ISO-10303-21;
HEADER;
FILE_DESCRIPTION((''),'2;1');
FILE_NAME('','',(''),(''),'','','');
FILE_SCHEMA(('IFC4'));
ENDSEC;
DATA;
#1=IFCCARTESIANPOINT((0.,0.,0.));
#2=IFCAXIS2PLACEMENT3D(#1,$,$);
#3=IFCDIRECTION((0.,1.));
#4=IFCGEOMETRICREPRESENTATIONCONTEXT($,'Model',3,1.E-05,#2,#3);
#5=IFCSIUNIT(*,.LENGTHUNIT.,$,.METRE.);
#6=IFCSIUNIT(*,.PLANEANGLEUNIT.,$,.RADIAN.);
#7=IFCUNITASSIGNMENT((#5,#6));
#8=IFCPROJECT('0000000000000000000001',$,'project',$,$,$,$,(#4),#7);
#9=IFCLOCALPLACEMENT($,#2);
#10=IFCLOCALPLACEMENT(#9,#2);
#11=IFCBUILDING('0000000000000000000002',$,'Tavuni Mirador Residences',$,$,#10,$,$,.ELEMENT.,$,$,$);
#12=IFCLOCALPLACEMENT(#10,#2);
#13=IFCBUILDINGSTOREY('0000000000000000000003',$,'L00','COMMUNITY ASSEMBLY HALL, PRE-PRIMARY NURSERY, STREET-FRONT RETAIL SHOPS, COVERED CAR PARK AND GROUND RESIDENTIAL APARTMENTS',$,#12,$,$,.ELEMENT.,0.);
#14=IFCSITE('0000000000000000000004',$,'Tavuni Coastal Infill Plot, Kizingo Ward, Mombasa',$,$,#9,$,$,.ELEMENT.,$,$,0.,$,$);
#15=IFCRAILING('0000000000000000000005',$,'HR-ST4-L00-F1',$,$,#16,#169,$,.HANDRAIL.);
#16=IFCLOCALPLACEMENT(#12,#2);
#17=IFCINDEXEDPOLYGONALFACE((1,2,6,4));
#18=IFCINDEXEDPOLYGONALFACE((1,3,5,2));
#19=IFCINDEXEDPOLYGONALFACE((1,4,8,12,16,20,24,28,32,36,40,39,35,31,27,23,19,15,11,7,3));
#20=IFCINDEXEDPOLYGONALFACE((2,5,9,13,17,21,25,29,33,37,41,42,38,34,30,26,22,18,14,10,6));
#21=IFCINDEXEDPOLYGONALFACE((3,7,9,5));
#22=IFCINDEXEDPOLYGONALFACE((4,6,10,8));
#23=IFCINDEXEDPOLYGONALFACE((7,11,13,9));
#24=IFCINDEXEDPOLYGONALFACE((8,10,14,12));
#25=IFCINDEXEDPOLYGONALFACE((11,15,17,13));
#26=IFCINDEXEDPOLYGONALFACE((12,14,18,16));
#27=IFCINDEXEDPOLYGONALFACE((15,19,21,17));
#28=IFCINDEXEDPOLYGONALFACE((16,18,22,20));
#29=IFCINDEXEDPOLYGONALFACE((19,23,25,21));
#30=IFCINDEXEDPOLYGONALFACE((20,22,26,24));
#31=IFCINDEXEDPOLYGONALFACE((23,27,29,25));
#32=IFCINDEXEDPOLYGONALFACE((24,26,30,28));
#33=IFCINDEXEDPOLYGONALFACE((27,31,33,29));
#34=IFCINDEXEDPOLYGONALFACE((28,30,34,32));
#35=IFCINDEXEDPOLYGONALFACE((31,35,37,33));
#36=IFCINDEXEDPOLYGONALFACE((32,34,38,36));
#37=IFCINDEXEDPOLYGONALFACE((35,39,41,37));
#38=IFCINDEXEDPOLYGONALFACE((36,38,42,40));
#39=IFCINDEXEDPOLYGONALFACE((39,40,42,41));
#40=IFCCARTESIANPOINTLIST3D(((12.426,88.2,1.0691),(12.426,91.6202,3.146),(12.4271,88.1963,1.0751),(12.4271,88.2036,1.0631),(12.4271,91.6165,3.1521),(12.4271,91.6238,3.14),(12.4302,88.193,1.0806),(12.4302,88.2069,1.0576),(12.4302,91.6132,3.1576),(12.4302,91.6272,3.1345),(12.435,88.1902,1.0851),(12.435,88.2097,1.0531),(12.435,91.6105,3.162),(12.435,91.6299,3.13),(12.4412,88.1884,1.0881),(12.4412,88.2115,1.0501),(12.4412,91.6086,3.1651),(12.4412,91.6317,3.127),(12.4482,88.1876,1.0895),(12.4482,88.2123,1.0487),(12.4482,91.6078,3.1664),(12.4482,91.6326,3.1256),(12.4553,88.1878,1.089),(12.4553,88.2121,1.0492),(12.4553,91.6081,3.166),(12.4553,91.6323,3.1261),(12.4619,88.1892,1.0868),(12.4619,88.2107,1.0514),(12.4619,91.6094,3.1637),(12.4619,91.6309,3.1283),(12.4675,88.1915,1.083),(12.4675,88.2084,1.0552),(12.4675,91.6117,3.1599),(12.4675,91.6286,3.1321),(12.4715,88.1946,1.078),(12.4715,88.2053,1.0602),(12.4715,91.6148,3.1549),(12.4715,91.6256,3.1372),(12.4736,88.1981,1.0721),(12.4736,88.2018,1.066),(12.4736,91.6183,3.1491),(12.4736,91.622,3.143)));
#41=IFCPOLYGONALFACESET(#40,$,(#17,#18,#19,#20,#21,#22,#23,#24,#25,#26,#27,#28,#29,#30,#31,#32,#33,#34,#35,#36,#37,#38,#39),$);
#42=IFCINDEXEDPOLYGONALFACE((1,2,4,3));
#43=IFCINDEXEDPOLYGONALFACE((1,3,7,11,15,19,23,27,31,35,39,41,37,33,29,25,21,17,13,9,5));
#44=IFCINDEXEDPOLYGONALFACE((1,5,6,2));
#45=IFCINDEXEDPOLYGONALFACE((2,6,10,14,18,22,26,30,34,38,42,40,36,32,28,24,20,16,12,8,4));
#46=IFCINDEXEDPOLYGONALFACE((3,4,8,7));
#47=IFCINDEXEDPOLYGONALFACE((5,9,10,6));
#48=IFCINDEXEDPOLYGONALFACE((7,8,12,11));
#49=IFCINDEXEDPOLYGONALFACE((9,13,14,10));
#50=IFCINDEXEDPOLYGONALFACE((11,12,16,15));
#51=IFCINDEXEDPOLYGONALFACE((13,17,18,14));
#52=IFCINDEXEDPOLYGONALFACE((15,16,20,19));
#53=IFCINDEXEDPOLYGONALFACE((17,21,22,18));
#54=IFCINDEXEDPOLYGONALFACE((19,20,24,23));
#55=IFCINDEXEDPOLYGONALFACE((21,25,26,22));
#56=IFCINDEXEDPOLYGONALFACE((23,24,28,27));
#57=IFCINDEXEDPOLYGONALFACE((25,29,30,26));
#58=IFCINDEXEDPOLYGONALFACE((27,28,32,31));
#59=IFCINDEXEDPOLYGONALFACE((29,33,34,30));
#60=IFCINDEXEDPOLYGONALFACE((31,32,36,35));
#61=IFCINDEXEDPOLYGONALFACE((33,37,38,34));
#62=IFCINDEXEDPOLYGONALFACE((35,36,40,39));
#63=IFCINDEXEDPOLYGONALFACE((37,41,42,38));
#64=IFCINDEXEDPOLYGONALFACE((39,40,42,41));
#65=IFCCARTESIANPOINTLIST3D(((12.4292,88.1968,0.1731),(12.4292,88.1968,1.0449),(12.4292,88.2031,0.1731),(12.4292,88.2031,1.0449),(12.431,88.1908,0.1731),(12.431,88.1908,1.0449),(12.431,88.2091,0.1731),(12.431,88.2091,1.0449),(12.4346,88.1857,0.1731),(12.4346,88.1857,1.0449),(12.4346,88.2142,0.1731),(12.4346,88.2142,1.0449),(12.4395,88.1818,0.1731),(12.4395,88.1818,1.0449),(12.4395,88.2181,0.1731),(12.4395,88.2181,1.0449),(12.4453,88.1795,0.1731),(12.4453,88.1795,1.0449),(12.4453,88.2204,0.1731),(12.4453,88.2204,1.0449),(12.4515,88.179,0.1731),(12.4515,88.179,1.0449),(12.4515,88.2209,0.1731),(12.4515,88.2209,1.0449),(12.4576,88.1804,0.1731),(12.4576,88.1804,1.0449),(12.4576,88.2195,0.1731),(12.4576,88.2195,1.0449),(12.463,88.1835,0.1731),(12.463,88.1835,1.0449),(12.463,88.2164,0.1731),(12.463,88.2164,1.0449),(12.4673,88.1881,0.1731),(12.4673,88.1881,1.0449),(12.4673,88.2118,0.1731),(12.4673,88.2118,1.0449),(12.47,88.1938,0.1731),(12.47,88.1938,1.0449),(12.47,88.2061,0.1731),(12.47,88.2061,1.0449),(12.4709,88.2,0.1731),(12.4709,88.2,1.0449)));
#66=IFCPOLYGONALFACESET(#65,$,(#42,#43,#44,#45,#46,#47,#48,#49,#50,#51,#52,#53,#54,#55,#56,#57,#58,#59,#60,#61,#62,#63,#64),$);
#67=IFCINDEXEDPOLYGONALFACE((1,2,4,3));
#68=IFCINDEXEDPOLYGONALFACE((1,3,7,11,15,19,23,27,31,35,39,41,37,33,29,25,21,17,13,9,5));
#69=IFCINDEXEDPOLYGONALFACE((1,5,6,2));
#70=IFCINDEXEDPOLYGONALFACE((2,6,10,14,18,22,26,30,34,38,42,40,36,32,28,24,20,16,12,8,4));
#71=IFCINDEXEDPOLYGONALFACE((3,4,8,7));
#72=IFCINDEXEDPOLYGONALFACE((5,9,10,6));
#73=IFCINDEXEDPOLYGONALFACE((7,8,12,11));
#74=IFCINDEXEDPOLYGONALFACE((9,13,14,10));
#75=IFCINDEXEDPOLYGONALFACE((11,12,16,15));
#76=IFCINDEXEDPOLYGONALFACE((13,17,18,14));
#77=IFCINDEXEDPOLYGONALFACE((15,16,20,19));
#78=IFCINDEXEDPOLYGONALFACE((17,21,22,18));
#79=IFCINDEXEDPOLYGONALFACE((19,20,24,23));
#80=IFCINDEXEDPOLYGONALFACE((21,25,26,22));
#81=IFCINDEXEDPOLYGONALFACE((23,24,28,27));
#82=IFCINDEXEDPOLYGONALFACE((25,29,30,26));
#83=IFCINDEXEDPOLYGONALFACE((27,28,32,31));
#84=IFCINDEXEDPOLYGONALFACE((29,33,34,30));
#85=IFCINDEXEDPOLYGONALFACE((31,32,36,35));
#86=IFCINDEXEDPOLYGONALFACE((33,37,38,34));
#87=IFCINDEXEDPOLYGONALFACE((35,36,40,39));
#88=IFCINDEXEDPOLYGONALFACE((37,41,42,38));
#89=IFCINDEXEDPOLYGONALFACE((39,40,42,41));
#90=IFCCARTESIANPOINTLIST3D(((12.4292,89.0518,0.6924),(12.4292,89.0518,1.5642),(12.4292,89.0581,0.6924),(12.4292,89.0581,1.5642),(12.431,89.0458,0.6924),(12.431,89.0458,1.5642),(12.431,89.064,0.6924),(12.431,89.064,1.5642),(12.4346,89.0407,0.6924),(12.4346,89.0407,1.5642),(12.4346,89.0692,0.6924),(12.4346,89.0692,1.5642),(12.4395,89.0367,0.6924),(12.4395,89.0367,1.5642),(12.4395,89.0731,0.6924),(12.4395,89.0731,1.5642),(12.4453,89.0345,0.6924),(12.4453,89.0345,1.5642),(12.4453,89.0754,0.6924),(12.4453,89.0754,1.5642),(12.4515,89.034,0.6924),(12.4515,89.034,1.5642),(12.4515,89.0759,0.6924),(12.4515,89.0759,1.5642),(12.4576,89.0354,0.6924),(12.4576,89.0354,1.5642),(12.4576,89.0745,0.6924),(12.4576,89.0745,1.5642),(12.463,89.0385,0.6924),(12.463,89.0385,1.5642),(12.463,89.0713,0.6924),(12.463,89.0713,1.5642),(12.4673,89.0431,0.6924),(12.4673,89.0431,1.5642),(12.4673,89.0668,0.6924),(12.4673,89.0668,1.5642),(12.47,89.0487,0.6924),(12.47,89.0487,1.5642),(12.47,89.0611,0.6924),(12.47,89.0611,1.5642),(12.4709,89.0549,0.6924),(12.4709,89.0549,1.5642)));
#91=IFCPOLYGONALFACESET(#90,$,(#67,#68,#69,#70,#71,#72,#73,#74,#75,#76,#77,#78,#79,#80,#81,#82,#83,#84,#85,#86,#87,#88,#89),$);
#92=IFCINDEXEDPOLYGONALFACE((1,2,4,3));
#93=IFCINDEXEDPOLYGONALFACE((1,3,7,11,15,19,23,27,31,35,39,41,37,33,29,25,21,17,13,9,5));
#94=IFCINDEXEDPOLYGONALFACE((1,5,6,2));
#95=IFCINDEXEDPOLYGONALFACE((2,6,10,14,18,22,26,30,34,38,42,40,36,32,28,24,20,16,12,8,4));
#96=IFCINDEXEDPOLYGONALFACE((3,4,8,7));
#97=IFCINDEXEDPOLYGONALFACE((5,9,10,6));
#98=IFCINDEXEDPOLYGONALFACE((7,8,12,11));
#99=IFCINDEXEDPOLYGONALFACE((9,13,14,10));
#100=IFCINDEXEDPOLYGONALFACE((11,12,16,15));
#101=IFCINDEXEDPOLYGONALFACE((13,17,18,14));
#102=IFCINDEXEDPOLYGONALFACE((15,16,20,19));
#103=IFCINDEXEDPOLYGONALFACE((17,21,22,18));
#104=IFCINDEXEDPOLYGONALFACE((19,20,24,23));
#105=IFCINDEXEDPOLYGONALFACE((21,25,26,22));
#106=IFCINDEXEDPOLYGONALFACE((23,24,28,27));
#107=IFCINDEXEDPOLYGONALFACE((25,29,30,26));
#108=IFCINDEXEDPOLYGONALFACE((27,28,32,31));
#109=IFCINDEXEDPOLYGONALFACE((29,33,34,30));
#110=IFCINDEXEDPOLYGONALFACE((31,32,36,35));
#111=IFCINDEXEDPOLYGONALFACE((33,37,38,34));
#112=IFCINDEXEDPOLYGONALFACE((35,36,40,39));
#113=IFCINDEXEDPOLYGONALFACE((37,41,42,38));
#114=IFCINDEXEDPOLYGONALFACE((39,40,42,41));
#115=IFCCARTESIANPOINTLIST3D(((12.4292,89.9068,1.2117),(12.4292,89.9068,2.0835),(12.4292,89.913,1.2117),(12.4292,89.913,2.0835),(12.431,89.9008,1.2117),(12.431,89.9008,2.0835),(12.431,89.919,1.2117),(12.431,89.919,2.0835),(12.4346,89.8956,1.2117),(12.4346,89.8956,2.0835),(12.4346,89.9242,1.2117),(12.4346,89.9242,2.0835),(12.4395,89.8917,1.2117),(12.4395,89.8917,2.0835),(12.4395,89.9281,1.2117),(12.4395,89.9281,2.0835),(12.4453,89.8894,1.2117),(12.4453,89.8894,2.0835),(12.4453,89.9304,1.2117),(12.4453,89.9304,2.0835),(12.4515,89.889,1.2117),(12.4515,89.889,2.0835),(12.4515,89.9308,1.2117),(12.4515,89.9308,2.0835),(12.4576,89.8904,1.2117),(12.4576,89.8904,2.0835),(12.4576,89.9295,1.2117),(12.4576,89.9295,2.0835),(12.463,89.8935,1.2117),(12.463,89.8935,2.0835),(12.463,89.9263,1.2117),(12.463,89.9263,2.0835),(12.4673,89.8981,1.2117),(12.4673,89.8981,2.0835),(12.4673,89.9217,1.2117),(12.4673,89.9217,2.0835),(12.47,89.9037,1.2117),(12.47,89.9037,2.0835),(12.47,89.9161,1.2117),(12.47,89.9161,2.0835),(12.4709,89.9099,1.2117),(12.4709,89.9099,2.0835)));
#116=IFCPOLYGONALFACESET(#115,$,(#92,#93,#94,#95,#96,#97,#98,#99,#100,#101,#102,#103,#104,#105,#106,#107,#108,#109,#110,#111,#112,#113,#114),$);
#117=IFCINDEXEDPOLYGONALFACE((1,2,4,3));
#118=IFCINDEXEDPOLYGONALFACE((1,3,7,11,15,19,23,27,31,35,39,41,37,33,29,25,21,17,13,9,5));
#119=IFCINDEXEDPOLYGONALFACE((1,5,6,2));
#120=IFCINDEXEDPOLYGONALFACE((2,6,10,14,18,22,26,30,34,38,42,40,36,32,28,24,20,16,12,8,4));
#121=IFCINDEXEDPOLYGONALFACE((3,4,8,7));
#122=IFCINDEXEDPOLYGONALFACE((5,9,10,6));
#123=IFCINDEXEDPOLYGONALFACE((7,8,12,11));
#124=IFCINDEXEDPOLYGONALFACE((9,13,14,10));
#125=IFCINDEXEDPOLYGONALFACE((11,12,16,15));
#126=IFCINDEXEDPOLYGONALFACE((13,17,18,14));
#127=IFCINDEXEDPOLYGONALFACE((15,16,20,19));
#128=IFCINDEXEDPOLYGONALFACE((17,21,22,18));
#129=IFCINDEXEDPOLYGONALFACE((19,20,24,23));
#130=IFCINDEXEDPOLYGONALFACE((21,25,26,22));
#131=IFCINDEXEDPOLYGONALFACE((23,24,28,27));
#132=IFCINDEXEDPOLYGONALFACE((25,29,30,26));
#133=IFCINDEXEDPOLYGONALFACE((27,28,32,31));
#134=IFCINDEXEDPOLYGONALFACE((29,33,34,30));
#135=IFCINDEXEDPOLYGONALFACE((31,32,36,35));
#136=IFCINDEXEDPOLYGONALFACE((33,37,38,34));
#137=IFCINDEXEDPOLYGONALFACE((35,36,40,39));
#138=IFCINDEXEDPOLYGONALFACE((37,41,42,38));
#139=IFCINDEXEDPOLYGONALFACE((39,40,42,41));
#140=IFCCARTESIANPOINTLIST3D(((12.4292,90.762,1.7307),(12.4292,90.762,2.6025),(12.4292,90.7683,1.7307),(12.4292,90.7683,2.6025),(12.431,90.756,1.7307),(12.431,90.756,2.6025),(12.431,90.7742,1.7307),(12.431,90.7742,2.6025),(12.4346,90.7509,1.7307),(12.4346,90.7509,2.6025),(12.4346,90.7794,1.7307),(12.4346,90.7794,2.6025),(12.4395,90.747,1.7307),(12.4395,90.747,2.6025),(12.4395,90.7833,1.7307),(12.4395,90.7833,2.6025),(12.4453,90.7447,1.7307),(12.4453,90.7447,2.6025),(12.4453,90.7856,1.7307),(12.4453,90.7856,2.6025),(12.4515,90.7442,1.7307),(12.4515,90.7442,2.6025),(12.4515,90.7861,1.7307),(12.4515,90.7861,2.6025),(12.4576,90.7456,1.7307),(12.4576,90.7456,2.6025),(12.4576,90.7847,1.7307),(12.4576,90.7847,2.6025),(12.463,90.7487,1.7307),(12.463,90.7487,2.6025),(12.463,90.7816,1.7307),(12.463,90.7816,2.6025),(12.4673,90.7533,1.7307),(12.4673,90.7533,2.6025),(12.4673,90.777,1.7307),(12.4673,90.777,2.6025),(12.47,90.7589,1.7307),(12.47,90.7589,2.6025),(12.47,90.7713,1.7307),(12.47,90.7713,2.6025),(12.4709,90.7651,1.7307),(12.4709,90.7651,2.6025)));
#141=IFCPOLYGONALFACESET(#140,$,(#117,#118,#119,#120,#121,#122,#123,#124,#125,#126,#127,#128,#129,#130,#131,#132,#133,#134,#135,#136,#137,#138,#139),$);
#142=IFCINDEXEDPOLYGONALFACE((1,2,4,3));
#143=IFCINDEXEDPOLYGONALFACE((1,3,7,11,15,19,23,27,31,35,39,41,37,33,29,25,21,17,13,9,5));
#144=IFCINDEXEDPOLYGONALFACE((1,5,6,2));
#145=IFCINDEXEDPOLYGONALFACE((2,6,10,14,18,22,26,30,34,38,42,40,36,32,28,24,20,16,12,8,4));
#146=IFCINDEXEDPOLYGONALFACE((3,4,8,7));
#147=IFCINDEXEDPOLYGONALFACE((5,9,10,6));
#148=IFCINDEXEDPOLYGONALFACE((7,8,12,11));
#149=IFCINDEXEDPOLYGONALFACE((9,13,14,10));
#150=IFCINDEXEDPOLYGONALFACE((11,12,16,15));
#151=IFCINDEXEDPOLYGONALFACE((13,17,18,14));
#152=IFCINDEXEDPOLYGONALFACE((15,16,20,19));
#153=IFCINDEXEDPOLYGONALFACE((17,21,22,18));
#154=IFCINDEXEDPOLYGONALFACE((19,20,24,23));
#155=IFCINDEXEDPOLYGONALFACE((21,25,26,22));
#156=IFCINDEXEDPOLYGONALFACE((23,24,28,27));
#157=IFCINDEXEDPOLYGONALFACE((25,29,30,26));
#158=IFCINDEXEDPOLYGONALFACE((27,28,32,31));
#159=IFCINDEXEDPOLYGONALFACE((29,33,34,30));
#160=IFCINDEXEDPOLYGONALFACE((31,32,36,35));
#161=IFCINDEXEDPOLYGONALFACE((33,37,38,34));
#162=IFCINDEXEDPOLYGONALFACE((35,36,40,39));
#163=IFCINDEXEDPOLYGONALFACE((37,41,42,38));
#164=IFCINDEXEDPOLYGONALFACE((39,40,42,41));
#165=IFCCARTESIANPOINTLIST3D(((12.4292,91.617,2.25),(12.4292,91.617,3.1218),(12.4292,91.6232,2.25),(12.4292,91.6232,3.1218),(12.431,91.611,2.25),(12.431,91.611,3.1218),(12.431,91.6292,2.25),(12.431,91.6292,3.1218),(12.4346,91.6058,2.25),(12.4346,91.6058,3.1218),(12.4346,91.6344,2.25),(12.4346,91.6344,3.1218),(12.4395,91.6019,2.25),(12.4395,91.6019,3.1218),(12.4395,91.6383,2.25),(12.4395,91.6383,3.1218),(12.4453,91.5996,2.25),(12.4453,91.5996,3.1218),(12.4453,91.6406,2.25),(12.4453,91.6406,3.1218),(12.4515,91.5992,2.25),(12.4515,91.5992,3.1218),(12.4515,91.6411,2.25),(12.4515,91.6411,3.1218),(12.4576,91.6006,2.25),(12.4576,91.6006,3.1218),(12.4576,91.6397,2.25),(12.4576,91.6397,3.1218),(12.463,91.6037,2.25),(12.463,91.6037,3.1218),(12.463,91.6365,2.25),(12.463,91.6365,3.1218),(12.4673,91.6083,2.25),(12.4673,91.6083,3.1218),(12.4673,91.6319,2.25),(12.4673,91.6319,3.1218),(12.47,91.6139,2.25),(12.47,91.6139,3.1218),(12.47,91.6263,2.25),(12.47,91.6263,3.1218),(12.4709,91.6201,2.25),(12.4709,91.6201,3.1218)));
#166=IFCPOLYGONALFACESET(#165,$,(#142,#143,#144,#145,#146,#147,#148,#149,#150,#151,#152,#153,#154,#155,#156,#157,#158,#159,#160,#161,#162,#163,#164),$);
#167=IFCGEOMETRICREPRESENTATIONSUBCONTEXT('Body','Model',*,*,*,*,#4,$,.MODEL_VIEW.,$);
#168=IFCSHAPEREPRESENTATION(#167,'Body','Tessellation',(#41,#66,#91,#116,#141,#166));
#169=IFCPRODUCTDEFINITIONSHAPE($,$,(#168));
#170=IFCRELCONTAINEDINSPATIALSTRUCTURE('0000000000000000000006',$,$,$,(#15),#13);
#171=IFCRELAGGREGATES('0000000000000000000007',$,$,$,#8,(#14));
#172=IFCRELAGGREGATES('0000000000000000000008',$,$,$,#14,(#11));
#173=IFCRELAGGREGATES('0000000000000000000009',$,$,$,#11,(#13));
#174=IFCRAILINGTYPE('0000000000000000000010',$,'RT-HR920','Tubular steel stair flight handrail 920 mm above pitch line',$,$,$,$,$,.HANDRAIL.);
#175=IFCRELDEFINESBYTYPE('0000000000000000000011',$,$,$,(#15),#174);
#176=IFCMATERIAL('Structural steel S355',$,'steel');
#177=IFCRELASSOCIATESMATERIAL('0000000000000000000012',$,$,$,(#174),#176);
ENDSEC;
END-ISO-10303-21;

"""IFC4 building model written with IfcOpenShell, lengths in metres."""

from ifc_helpers import new_model, si_unit, direction, frame, origin, origin_2d, place, context, subcontext, project, spatial, circle, extrude, material, type_object, element, save


model = new_model("IFC4")

# Units and contexts
model_context = context("Model", 3, precision=1e-05, world=origin(), true_north=direction((0.0, 1.0)))
body_context = subcontext(model_context, "Body", "Model", "MODEL_VIEW")
ifc_project = project(units=[si_unit("LENGTHUNIT", "METRE"), si_unit("PLANEANGLEUNIT", "RADIAN")], contexts=[model_context])

# Site, building, storey
site_placement = place(None, origin())
site = spatial("IfcSite", under=ifc_project, at=site_placement, Name="Tavuni Coastal Infill Plot, Kizingo Ward, Mombasa", CompositionType="ELEMENT", RefElevation=0.0)
building_placement = place(site_placement, origin())
building = spatial("IfcBuilding", under=site, at=building_placement, Name="Tavuni Mirador Residences", CompositionType="ELEMENT")
storey_placement = place(building_placement, origin())
storey = spatial("IfcBuildingStorey", under=building, at=storey_placement, Name="L00", Description="COMMUNITY ASSEMBLY HALL, PRE-PRIMARY NURSERY, STREET-FRONT RETAIL SHOPS, COVERED CAR PARK AND GROUND RESIDENTIAL APARTMENTS", CompositionType="ELEMENT", Elevation=0.0)

# Shared definitions
ifc_material_1 = material(Name="Structural steel S355", Category="steel")

# Railing
railing_type_1 = type_object("IfcRailingType", Name="RT-HR920", Description="Tubular steel stair flight handrail 920 mm above pitch line", PredefinedType="HANDRAIL", material=ifc_material_1)
railing_1_placement = place(storey_placement, frame((12.45, 88.2, 0.1731)))
element("IfcRailing", 1, at=railing_1_placement, inside=storey, type_object=railing_type_1, Name="HR-ST4-L00-F1", PredefinedType="HANDRAIL", context=body_context, shape_type="SweptSolid", body=[
    extrude(circle(Radius=0.0239, at=origin_2d()), frame((0.0, 0.0, 0.896), z_axis=(0.0, 0.854746, 0.519047), x_axis=(-1.0, 0.0, 0.0)), (0.0, 0.0, 1.0), 4.0015),
    extrude(circle(Radius=0.021, at=origin_2d()), origin(), (0.0, 0.0, 1.0), 0.8718),
    extrude(circle(Radius=0.021, at=origin_2d()), frame((0.0, 0.855, 0.5193)), (0.0, 0.0, 1.0), 0.8718),
    extrude(circle(Radius=0.021, at=origin_2d()), frame((0.0, 1.71, 1.0386)), (0.0, 0.0, 1.0), 0.8718),
    extrude(circle(Radius=0.021, at=origin_2d()), frame((0.0, 2.5652, 1.5576)), (0.0, 0.0, 1.0), 0.8718),
    extrude(circle(Radius=0.021, at=origin_2d()), frame((0.0, 3.4202, 2.0769)), (0.0, 0.0, 1.0), 0.8718),
])

save(model, "model.ifc")
